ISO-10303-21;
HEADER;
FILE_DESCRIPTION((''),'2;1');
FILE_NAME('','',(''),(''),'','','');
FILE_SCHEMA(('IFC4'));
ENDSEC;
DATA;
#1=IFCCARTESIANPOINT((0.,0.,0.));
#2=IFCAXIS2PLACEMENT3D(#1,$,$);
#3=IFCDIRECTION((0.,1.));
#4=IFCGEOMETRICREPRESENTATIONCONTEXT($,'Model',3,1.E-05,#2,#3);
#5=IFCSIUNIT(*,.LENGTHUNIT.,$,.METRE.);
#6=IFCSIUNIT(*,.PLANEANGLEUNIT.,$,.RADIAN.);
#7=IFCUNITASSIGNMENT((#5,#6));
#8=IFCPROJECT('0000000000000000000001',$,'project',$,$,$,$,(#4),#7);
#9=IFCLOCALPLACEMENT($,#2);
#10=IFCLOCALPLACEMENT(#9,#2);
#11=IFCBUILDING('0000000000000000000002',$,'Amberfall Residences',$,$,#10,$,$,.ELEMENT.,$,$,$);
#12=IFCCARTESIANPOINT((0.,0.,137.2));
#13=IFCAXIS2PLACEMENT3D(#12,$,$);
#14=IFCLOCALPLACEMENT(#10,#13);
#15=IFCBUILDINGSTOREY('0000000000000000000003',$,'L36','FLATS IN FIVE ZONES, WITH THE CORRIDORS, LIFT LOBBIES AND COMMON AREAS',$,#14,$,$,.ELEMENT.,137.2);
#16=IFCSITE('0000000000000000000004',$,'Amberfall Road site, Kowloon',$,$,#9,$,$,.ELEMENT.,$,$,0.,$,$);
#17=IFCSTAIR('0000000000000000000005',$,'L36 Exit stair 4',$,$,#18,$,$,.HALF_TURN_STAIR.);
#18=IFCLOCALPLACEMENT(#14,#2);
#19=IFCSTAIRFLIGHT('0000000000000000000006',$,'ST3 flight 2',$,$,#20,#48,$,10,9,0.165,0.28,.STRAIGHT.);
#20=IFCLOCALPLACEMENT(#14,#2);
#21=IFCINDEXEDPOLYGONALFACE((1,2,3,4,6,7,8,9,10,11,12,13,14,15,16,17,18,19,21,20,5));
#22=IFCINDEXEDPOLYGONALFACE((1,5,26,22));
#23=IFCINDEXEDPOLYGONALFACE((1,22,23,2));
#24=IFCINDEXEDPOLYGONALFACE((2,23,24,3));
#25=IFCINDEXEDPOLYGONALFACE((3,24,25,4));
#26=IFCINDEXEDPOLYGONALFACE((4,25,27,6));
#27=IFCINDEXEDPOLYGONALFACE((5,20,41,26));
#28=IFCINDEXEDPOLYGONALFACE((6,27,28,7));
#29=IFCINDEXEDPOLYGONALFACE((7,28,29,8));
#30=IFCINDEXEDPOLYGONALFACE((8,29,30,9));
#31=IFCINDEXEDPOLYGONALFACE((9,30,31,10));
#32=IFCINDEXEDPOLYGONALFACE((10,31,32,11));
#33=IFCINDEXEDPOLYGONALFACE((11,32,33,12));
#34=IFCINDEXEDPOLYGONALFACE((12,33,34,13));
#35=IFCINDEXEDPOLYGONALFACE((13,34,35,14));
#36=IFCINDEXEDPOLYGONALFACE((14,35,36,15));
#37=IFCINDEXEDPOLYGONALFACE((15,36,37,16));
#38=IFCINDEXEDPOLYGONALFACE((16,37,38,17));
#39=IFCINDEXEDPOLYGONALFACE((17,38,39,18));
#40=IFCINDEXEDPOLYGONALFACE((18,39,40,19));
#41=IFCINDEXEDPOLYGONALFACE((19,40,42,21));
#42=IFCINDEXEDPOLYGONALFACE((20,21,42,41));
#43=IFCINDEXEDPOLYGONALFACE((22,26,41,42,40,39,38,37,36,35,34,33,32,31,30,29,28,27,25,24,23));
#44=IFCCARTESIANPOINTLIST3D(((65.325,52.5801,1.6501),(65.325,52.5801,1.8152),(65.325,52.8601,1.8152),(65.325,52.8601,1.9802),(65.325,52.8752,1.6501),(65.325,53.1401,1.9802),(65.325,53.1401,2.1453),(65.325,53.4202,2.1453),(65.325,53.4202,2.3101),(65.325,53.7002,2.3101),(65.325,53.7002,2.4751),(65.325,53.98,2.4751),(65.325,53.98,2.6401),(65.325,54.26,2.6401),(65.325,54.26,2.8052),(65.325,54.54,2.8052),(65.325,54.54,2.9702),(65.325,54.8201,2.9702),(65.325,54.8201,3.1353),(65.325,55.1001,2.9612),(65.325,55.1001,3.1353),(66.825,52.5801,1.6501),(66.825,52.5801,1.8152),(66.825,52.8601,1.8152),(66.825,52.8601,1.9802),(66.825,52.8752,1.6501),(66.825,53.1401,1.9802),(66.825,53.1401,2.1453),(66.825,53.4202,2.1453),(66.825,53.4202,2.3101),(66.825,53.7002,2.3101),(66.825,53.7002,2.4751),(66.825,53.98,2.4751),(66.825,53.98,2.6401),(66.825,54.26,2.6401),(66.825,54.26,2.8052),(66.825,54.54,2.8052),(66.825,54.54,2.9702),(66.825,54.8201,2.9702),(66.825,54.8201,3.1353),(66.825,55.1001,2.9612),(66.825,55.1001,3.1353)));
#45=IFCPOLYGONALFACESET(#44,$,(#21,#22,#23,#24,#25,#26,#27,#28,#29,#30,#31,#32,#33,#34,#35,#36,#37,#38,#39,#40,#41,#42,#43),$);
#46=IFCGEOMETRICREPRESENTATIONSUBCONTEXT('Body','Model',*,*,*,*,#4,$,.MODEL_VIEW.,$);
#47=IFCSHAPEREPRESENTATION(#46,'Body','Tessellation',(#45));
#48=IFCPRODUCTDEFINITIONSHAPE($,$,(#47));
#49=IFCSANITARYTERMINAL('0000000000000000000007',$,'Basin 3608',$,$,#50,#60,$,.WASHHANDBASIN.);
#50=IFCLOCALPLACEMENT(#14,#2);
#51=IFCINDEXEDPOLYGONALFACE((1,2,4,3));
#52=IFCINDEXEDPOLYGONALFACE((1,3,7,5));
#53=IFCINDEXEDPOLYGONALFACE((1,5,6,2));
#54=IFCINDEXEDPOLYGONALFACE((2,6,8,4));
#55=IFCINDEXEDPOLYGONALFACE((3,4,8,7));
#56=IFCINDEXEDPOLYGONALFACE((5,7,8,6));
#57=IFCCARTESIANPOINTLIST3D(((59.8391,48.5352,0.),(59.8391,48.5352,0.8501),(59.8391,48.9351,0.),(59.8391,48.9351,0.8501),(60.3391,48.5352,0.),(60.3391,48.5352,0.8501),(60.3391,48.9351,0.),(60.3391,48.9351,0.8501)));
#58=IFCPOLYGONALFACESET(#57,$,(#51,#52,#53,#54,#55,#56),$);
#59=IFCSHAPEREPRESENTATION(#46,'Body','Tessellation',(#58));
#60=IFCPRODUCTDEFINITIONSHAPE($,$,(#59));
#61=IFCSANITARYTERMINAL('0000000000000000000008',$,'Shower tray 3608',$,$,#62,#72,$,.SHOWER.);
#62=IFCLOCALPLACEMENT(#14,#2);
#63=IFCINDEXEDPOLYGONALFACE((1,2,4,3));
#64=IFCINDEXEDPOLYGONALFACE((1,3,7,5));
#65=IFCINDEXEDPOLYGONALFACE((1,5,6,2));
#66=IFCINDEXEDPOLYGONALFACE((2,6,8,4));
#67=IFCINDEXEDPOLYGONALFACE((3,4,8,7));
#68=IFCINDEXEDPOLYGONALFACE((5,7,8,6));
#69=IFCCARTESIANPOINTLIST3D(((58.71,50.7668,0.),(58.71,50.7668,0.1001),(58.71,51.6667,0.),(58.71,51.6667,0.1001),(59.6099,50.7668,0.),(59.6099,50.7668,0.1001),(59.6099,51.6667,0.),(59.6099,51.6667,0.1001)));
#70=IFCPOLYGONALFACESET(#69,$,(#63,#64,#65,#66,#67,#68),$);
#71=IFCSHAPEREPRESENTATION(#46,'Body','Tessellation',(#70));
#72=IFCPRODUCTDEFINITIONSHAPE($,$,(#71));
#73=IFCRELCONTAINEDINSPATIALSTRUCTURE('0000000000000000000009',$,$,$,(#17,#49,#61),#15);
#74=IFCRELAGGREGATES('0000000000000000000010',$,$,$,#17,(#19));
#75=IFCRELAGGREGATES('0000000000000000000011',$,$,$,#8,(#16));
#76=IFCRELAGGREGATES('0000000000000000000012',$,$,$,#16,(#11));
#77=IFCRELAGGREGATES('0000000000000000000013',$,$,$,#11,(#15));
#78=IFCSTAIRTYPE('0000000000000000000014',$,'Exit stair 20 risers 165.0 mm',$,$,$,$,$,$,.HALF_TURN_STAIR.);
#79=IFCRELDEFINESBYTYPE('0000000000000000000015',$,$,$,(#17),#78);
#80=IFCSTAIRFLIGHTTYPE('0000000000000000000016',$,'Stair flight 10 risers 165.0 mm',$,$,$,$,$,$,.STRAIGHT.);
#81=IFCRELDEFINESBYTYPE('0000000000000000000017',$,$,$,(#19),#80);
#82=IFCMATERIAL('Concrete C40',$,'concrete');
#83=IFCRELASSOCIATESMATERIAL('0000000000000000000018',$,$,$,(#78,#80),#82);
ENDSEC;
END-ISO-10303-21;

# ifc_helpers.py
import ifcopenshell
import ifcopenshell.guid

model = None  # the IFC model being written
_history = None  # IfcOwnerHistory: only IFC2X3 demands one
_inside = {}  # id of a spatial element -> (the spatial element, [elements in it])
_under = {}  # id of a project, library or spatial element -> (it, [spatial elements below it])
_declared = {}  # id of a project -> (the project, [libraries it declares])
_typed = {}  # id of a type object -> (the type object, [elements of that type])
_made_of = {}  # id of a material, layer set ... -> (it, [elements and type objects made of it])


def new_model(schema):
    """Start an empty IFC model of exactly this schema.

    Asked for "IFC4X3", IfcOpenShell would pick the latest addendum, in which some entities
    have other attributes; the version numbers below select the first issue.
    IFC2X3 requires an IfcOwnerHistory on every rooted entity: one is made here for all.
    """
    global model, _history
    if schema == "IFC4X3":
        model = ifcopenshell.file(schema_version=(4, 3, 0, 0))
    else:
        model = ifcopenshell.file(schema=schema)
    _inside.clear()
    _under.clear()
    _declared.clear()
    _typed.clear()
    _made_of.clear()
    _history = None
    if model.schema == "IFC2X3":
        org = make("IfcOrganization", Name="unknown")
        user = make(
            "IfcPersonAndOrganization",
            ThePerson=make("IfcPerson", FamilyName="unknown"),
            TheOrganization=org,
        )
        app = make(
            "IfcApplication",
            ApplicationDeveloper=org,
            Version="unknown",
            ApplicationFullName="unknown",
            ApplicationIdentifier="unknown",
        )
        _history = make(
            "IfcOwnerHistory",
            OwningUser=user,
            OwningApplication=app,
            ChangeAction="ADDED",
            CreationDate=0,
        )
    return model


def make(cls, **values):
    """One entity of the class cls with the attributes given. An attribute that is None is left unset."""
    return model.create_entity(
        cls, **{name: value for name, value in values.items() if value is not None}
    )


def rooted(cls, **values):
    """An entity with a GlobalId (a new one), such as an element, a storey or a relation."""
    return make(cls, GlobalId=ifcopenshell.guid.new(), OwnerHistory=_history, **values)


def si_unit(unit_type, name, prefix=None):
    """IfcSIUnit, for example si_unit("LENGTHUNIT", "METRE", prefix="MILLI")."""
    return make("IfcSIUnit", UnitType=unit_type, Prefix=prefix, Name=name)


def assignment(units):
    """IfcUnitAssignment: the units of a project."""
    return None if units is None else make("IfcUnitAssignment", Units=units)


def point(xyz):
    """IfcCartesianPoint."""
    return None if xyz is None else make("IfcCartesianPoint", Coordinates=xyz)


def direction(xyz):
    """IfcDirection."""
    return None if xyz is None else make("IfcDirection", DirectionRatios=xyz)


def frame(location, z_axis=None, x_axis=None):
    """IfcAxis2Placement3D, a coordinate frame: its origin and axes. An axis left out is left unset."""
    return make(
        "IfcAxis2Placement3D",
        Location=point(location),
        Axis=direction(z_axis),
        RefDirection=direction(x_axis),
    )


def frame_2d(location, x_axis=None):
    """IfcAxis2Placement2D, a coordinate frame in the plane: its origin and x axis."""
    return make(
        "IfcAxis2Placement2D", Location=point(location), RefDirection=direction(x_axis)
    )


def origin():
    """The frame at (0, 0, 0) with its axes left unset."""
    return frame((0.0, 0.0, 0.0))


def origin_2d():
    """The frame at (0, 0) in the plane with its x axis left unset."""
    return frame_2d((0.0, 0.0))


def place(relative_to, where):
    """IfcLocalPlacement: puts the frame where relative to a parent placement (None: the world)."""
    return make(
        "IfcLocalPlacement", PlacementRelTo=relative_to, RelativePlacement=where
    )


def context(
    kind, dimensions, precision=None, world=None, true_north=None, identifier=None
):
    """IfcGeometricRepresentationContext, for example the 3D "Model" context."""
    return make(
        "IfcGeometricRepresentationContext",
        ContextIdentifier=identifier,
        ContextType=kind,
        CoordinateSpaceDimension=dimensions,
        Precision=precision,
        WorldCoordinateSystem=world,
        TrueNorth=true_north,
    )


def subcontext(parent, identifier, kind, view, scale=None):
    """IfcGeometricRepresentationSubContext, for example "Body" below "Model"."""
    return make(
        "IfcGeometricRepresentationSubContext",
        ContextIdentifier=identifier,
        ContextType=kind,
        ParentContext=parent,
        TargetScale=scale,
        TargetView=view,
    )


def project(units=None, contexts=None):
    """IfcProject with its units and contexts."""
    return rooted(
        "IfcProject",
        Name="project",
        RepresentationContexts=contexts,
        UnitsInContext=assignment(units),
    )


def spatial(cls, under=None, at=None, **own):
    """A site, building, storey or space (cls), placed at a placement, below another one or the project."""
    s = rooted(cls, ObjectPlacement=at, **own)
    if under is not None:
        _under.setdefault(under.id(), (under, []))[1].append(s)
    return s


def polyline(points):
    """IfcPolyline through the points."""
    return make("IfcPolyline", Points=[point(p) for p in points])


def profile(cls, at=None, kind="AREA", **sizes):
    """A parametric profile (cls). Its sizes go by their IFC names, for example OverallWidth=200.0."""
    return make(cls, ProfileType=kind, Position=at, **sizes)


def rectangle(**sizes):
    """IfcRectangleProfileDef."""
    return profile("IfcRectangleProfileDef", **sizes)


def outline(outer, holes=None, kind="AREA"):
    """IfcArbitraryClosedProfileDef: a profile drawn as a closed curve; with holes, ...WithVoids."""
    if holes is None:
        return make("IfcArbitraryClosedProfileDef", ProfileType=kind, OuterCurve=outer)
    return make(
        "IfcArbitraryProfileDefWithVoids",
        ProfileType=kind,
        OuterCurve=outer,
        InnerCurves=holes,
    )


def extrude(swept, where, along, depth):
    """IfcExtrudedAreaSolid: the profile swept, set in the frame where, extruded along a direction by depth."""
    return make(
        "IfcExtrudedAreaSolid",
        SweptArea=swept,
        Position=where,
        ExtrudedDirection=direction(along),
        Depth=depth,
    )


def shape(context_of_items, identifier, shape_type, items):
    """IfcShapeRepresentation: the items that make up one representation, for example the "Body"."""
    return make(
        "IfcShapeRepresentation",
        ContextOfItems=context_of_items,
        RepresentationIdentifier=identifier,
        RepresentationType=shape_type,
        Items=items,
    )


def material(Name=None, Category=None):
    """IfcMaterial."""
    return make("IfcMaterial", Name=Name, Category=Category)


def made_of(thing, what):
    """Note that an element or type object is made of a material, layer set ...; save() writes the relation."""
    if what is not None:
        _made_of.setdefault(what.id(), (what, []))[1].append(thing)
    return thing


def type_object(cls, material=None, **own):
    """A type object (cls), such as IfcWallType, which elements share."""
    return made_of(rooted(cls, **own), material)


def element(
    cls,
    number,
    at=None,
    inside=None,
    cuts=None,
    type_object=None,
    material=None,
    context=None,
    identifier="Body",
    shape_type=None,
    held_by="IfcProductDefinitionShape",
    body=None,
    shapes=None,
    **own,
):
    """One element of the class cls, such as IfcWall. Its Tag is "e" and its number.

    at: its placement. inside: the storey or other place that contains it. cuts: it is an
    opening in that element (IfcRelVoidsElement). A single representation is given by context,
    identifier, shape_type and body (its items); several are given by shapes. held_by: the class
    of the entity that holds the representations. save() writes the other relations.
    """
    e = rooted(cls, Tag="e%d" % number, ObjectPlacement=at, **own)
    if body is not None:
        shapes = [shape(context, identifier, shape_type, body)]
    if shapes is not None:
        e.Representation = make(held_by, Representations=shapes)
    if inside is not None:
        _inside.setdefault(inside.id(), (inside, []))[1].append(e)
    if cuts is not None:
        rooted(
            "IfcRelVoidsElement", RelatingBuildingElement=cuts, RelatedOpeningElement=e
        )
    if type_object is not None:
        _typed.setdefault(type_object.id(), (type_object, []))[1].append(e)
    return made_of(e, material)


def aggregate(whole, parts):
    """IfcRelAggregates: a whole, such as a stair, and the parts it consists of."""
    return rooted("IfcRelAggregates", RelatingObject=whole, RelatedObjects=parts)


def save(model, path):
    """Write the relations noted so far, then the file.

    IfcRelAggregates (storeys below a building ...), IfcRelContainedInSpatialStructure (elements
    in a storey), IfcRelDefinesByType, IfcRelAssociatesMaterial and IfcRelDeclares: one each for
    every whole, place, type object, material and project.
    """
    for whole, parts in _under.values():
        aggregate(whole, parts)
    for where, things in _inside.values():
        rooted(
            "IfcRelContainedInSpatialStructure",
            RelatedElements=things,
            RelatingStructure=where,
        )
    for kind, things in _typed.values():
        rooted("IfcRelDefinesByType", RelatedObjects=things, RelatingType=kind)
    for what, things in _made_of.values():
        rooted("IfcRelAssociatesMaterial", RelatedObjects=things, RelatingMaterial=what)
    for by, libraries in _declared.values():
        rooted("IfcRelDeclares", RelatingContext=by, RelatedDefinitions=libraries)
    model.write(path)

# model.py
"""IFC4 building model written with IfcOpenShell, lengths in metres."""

from ifc_helpers import new_model, si_unit, direction, frame, origin, origin_2d, place, context, subcontext, project, spatial, polyline, rectangle, outline, extrude, material, type_object, element, aggregate, save


model = new_model("IFC4")

# Units and contexts
model_context = context("Model", 3, precision=1e-05, world=origin(), true_north=direction((0.0, 1.0)))
body_context = subcontext(model_context, "Body", "Model", "MODEL_VIEW")
ifc_project = project(units=[si_unit("LENGTHUNIT", "METRE"), si_unit("PLANEANGLEUNIT", "RADIAN")], contexts=[model_context])

# Site, building, storey
site_placement = place(None, origin())
site = spatial("IfcSite", under=ifc_project, at=site_placement, Name="Amberfall Road site, Kowloon", CompositionType="ELEMENT", RefElevation=0.0)
building_placement = place(site_placement, origin())
building = spatial("IfcBuilding", under=site, at=building_placement, Name="Amberfall Residences", CompositionType="ELEMENT")
storey_placement = place(building_placement, frame((0.0, 0.0, 137.2)))
storey = spatial("IfcBuildingStorey", under=building, at=storey_placement, Name="L36", Description="FLATS IN FIVE ZONES, WITH THE CORRIDORS, LIFT LOBBIES AND COMMON AREAS", CompositionType="ELEMENT", Elevation=137.2)

# Stair, stair flight
ifc_material_1 = material(Name="Concrete C40", Category="concrete")
stair_type = type_object("IfcStairType", Name="Exit stair 20 risers 165.0 mm", PredefinedType="HALF_TURN_STAIR", material=ifc_material_1)
stair_placement = place(storey_placement, origin())
stair = element("IfcStair", 1, at=stair_placement, inside=storey, type_object=stair_type, Name="L36 Exit stair 4", PredefinedType="HALF_TURN_STAIR")
stair_flight_type = type_object("IfcStairFlightType", Name="Stair flight 10 risers 165.0 mm", PredefinedType="STRAIGHT", material=ifc_material_1)
stair_flight_placement = place(storey_placement, frame((66.075, 52.5801, 1.6501), z_axis=(0.0, 0.0, 1.0), x_axis=(0.0, 1.0, 0.0)))
stair_flight = element("IfcStairFlight", 2, at=stair_flight_placement, type_object=stair_flight_type, Name="ST3 flight 2", NumberOfRisers=10, NumberOfTreads=9, PredefinedType="STRAIGHT", RiserHeight=0.165, TreadLength=0.28, context=body_context, shape_type="SweptSolid", body=[
    extrude(outline(polyline([(0.0, 0.0), (0.0, 0.165), (0.28, 0.165), (0.28, 0.3301), (0.5601, 0.3301), (0.5601, 0.4951), (0.8401, 0.4951), (0.8401, 0.6599), (1.1201, 0.6599), (1.1201, 0.825), (1.3999, 0.825), (1.3999, 0.99), (1.6799, 0.99), (1.6799, 1.155), (1.96, 1.155), (1.96, 1.3201), (2.24, 1.3201), (2.24, 1.4851), (2.52, 1.4851), (2.52, 1.6499), (2.52, 1.311), (0.2952, 0.0), (0.0, 0.0)])), frame((0.0, 0.75, 0.0), z_axis=(0.0, -1.0, 0.0), x_axis=(1.0, 0.0, 0.0)), (0.0, 0.0, 1.0), 1.5),
])
aggregate(stair, [stair_flight])

# Sanitary terminals
sanitary_terminal_1_placement = place(storey_placement, frame((60.0891, 48.7351, 0.0), z_axis=(0.0, 0.0, 1.0), x_axis=(1.0, 0.0, 0.0)))
element("IfcSanitaryTerminal", 3, at=sanitary_terminal_1_placement, inside=storey, Name="Basin 3608", PredefinedType="WASHHANDBASIN", context=body_context, shape_type="SweptSolid", body=[
    extrude(rectangle(XDim=0.5, YDim=0.3999, at=origin_2d()), origin(), (0.0, 0.0, 1.0), 0.8501),
])
sanitary_terminal_2_placement = place(storey_placement, frame((59.1599, 51.2168, 0.0), z_axis=(0.0, 0.0, 1.0), x_axis=(1.0, 0.0, 0.0)))
element("IfcSanitaryTerminal", 4, at=sanitary_terminal_2_placement, inside=storey, Name="Shower tray 3608", PredefinedType="SHOWER", context=body_context, shape_type="SweptSolid", body=[
    extrude(rectangle(XDim=0.8999, YDim=0.8999, at=origin_2d()), origin(), (0.0, 0.0, 1.0), 0.1001),
])

save(model, "model.ifc")
